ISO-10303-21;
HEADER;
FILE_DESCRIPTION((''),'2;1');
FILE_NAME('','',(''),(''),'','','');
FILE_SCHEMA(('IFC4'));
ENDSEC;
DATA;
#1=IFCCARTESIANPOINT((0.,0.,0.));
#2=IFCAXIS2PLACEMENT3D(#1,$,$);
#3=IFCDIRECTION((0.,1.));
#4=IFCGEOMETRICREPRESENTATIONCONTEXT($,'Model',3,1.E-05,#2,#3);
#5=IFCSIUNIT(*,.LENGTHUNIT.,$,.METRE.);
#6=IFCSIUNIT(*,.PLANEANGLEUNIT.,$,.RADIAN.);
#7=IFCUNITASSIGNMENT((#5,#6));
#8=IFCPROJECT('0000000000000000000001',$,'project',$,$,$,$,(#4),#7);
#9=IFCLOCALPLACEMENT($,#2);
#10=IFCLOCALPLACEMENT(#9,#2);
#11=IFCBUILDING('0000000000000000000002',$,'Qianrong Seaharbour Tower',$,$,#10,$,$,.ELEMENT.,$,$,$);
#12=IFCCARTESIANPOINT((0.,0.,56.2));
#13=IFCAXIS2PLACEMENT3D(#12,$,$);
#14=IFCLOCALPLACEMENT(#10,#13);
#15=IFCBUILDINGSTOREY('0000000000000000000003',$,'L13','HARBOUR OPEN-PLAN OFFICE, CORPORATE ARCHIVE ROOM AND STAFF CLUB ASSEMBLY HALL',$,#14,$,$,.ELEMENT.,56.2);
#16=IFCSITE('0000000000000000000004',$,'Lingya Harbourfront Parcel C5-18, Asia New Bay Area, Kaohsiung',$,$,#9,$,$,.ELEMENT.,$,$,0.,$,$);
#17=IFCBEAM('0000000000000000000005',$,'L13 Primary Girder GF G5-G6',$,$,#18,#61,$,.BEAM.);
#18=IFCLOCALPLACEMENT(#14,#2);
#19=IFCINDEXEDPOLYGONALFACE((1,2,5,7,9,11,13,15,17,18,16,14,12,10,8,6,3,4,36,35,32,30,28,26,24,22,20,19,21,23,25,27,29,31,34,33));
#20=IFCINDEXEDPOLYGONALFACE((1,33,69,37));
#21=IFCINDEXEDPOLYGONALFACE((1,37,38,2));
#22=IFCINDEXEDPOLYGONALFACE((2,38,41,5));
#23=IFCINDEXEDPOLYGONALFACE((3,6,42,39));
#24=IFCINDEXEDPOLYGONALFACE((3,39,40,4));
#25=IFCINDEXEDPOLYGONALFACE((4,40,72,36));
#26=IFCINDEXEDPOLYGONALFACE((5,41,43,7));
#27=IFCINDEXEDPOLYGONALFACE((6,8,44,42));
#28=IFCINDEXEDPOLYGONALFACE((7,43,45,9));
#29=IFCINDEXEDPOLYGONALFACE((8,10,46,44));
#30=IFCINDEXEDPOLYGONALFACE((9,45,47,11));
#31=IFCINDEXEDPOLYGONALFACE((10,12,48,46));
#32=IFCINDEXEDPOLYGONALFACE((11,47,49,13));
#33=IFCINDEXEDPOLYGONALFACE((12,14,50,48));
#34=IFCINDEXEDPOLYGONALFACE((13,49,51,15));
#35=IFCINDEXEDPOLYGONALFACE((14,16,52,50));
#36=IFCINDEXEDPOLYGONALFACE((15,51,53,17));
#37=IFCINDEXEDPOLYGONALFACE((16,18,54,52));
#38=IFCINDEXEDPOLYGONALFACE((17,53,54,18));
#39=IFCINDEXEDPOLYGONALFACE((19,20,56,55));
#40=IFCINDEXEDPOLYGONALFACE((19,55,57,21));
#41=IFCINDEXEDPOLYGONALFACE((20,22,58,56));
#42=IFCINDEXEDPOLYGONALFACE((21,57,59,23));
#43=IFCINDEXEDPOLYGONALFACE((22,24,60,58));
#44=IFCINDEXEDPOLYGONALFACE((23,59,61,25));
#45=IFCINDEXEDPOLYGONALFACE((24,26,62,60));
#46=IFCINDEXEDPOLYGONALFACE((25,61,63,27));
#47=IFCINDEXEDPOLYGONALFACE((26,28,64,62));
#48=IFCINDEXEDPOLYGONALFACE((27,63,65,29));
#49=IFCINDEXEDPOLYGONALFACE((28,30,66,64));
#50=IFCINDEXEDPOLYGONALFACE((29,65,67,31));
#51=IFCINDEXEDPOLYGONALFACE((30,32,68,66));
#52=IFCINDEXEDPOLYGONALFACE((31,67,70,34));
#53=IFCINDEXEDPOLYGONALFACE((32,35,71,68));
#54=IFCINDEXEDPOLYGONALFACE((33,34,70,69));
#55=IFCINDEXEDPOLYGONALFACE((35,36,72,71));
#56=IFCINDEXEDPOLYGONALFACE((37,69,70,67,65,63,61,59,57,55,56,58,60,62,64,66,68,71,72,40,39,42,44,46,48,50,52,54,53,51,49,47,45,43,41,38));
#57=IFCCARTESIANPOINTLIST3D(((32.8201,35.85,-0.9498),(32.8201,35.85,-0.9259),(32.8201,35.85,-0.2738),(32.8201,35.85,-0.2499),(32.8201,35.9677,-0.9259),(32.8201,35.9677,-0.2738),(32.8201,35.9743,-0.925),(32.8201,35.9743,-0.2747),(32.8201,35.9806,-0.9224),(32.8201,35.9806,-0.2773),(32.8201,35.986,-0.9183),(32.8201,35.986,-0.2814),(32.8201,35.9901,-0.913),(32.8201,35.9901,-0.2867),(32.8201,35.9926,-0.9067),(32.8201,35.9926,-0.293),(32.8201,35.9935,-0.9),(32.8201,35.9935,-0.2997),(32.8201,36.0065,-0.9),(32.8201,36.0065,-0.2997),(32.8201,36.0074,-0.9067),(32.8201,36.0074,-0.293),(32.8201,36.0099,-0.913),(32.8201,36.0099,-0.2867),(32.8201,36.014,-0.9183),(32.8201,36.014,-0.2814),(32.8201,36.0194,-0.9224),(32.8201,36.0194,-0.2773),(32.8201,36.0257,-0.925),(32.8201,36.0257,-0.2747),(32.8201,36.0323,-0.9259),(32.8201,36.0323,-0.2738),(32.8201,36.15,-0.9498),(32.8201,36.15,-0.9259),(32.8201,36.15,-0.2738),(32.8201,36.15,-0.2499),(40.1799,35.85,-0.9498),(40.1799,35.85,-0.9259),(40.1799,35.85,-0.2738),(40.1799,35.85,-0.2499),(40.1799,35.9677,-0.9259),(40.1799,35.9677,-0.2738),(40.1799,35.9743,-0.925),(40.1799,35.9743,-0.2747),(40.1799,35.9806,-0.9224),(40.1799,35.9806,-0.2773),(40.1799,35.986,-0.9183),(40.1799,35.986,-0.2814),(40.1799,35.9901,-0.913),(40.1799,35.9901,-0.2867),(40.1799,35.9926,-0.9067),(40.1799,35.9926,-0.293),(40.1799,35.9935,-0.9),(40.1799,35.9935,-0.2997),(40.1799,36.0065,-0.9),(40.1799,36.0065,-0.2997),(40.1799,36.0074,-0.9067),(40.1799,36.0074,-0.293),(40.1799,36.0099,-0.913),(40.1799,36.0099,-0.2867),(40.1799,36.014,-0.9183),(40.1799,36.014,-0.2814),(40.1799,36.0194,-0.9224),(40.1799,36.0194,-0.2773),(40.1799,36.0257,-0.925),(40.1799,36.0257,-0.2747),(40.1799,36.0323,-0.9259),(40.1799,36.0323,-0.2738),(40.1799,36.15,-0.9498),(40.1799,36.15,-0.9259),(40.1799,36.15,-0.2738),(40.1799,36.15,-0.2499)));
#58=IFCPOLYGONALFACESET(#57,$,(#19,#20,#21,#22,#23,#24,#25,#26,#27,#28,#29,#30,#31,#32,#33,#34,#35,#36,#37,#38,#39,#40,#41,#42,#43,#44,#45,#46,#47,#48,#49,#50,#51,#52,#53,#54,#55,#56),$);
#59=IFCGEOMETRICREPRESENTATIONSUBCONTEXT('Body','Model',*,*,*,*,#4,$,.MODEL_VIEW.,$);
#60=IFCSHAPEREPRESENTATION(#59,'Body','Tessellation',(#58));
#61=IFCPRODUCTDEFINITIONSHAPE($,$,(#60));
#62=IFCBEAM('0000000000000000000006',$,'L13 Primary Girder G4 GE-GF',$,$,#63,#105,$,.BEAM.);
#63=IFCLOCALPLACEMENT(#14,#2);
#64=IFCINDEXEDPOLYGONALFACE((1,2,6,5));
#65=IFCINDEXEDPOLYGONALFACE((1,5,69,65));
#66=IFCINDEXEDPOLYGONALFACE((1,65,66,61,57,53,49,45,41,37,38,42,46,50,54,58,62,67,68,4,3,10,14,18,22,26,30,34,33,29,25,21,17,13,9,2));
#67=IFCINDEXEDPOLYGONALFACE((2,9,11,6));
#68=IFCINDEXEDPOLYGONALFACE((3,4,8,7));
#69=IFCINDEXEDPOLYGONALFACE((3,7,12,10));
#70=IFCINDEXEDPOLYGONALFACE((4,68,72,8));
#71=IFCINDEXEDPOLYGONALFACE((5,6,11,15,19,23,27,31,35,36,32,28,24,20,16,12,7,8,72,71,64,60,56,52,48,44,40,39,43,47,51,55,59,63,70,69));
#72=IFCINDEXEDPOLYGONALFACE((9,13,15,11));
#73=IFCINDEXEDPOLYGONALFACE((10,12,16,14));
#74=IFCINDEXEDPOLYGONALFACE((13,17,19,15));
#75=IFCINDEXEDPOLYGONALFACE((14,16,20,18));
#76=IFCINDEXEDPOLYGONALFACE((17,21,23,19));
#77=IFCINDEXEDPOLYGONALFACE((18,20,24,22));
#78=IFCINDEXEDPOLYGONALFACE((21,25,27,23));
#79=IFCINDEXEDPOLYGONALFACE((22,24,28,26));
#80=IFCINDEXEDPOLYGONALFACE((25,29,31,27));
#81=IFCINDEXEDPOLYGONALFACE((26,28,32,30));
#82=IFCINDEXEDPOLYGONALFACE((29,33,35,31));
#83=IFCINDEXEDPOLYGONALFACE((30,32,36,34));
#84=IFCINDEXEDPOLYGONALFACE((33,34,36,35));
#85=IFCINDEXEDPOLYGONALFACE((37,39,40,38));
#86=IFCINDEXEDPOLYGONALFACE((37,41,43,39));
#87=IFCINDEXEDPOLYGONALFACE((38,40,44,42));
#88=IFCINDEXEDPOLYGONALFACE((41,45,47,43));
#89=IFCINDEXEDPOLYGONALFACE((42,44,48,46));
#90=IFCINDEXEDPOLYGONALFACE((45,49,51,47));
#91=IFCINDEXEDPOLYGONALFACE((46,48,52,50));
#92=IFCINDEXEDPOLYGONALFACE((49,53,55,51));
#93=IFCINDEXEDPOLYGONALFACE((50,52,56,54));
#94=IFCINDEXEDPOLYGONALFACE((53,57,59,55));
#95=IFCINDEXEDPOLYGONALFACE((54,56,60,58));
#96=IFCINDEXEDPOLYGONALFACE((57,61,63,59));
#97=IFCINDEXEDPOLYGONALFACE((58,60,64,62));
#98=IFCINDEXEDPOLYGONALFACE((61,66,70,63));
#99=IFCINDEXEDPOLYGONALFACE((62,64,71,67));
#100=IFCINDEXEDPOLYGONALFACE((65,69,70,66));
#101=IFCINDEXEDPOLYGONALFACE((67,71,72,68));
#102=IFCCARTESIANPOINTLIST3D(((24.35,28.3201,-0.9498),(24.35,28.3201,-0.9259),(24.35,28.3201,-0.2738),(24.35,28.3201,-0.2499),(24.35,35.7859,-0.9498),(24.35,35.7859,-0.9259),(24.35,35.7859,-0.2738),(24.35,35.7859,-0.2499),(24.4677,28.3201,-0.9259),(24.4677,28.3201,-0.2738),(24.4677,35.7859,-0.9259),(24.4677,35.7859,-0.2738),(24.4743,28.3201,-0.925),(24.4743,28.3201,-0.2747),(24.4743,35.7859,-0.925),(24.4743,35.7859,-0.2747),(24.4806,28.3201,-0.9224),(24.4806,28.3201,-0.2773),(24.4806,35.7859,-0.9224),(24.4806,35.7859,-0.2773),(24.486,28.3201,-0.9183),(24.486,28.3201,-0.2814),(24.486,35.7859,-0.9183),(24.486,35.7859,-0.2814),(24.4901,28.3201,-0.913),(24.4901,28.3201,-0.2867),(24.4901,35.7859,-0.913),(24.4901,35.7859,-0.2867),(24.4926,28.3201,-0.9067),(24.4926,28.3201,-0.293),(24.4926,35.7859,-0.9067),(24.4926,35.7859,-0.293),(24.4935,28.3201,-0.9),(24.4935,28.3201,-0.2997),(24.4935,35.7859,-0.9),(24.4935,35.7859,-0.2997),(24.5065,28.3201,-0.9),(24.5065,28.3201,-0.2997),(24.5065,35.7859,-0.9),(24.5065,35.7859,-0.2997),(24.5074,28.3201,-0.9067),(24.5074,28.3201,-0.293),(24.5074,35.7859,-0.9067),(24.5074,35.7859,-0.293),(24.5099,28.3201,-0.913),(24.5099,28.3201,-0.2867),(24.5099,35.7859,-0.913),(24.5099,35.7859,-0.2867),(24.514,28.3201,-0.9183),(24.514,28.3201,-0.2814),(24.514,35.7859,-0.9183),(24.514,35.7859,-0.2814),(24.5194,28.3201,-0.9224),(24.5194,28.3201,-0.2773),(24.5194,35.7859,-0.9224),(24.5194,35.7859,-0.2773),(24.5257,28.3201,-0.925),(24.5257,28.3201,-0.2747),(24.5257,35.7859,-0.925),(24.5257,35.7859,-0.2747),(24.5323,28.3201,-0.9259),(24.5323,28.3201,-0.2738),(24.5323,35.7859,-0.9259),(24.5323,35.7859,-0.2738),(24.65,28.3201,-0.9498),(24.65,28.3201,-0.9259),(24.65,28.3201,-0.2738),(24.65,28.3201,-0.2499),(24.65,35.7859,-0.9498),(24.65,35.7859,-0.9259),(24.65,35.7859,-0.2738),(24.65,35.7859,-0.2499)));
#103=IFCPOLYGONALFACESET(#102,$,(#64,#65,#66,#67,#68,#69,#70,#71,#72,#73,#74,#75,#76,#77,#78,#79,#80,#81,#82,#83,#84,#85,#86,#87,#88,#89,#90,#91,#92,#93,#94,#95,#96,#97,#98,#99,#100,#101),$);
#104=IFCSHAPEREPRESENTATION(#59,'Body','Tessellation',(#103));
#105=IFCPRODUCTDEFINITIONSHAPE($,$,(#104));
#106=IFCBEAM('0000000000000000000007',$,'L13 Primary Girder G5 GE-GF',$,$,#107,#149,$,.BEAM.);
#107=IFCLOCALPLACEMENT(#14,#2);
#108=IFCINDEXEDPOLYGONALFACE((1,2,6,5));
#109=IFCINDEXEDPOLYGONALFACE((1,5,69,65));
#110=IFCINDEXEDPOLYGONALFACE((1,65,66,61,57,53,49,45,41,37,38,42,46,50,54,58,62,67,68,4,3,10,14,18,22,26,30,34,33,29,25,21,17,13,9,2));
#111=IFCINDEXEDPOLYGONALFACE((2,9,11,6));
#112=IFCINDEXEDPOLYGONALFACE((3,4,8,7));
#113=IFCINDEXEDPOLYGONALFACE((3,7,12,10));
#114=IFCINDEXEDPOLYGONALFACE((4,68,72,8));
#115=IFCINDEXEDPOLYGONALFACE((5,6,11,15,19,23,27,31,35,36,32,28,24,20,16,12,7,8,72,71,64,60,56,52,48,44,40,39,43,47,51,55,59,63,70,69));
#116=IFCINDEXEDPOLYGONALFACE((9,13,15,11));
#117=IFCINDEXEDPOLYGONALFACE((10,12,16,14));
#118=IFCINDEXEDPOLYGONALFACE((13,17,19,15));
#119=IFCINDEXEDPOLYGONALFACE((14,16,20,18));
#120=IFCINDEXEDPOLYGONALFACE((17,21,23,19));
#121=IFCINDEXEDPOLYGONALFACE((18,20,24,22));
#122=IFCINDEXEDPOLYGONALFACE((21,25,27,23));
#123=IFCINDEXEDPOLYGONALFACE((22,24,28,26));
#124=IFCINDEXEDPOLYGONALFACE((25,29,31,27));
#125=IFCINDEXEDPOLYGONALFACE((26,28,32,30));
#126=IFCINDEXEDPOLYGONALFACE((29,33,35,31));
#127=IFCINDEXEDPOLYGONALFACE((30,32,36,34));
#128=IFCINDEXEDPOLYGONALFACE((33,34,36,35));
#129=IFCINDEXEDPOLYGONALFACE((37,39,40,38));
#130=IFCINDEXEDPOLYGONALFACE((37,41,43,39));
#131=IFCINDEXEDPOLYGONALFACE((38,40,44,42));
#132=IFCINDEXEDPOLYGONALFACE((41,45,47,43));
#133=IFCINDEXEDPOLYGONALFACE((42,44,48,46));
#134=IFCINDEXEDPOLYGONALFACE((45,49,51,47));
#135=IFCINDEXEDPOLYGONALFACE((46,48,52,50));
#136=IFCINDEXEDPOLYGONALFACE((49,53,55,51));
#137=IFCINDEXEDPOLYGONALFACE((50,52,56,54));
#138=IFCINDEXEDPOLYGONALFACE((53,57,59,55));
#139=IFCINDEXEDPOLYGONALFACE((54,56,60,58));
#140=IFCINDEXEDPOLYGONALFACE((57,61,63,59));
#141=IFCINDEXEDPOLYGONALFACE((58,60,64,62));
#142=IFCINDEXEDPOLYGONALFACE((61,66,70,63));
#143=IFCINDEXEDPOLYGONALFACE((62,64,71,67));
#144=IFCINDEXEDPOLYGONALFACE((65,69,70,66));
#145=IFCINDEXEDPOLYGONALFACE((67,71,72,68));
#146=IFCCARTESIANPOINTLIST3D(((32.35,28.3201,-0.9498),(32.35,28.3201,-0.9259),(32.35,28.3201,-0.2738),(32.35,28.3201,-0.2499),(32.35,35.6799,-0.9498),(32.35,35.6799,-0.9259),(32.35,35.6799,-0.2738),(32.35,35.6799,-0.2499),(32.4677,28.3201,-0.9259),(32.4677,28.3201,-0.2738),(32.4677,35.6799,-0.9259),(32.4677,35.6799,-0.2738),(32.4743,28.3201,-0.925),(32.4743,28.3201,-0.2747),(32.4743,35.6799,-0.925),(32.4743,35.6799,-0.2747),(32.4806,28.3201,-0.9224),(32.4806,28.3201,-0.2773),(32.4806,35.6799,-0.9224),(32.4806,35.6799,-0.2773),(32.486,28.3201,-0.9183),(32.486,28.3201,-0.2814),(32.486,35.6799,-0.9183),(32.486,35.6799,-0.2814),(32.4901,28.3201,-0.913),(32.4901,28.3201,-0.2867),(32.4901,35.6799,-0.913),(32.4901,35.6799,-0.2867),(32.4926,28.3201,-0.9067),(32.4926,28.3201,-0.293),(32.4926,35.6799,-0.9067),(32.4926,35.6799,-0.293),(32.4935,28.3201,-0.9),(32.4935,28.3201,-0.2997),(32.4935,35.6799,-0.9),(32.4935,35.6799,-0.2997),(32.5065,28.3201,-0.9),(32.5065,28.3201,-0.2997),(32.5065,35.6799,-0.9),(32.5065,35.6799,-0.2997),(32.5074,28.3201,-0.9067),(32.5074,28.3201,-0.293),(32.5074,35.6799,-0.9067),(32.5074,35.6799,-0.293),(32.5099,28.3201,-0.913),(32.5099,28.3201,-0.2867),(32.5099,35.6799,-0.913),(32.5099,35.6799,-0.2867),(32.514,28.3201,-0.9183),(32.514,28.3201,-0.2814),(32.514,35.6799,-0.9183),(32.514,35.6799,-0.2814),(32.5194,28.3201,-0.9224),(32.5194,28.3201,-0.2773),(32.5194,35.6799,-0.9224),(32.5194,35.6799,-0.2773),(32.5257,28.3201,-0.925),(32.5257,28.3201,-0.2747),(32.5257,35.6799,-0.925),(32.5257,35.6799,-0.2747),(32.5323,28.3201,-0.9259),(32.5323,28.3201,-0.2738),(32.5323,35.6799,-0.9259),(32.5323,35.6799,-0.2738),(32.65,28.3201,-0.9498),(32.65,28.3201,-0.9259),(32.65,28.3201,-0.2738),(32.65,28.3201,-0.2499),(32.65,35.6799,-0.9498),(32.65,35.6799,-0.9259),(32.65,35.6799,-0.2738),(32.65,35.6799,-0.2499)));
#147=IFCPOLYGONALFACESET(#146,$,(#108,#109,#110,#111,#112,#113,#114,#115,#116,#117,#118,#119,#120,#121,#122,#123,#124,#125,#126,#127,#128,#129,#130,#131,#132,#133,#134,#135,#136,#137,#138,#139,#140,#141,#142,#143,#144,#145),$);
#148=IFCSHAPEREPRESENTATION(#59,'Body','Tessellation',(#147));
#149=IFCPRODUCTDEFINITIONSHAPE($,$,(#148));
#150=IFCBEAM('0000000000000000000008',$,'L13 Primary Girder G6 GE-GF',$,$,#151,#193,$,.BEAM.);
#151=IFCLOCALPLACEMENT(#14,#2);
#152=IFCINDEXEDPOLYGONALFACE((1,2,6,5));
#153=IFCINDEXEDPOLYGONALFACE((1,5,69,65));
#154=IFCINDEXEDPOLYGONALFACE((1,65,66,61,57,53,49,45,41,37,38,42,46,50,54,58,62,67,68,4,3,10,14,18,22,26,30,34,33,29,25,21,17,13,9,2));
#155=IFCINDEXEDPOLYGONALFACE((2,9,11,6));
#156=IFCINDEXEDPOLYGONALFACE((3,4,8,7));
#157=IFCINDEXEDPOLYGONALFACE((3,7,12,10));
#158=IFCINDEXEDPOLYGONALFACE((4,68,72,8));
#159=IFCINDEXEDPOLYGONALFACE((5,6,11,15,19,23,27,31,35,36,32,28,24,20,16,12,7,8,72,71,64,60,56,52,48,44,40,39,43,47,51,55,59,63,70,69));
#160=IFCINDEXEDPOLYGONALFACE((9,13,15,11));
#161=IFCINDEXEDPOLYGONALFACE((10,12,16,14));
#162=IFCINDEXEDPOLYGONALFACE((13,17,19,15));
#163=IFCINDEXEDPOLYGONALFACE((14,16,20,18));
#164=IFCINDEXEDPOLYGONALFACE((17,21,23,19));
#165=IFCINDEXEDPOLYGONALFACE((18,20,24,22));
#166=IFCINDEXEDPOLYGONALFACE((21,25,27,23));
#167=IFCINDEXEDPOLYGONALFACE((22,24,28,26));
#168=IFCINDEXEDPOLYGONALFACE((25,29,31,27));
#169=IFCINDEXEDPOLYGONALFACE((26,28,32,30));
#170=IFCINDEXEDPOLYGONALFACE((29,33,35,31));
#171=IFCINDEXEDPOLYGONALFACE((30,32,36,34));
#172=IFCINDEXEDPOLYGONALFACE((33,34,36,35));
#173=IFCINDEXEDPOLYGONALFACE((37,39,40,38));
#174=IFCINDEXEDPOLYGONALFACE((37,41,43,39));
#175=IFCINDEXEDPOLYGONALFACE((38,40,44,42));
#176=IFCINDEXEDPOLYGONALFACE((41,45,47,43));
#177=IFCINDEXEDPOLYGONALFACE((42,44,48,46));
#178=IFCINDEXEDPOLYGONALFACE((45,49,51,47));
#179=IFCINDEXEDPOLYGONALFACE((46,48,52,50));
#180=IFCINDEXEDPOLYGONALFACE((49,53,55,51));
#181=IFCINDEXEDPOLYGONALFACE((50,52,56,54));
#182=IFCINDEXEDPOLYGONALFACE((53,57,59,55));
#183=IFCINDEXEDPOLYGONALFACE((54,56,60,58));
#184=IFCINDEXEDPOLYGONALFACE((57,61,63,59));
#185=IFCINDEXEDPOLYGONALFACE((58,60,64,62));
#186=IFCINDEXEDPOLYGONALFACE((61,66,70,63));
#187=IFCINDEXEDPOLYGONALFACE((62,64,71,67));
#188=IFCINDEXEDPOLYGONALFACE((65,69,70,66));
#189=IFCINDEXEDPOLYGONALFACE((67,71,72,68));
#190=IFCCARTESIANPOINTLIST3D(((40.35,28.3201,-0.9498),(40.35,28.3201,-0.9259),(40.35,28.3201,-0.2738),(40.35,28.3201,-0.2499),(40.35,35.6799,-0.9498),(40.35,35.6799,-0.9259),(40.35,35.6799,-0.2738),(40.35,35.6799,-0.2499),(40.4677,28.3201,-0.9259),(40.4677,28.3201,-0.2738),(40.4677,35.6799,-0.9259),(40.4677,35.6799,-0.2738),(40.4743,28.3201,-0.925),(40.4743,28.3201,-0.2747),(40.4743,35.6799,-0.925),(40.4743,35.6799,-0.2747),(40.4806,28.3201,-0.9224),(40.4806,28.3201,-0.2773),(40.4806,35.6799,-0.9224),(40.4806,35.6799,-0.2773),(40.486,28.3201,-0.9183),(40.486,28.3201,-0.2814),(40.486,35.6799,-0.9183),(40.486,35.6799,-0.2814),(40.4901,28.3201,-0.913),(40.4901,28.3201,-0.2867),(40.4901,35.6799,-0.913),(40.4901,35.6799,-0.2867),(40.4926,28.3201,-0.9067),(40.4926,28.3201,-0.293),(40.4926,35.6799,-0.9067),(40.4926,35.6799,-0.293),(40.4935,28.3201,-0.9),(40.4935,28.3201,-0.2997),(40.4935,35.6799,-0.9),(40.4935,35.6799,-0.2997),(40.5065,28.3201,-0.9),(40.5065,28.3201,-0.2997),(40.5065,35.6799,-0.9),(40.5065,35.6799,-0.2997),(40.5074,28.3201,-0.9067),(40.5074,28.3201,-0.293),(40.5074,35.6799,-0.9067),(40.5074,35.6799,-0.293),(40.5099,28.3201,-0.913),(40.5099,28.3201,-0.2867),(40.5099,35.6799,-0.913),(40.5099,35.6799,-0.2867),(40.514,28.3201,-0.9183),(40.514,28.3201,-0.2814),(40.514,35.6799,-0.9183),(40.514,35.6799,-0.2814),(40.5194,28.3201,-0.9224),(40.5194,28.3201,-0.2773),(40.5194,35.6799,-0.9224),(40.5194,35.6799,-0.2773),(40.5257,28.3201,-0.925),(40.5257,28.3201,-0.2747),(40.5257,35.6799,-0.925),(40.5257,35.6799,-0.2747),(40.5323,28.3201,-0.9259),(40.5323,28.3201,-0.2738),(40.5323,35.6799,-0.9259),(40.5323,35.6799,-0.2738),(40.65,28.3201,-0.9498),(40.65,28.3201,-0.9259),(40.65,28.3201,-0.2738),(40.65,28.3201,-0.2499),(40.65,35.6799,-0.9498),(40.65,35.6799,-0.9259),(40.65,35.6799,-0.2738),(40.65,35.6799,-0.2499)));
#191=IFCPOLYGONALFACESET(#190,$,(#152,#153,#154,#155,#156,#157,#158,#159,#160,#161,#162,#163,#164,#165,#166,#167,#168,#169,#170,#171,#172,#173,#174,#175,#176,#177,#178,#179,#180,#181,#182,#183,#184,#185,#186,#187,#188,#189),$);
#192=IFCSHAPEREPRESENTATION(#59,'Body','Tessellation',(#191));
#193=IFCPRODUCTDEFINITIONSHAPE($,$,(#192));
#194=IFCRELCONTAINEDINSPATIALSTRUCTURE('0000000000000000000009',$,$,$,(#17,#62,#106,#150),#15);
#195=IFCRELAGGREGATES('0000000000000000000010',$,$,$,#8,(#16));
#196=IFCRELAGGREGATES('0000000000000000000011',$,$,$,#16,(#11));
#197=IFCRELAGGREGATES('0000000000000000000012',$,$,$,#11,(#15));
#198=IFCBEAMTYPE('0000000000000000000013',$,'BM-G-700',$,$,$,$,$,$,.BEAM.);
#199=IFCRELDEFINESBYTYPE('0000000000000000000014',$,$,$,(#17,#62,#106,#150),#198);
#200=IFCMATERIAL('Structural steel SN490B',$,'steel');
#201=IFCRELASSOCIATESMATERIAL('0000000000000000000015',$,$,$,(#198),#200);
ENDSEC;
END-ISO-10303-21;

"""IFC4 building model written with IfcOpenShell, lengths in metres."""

from ifc_helpers import new_model, si_unit, direction, frame, origin, origin_2d, place, context, subcontext, project, spatial, i_section, extrude, material, material_profile, profile_set, type_object, element, save


model = new_model("IFC4")

# Units and contexts
model_context = context("Model", 3, precision=1e-05, world=origin(), true_north=direction((0.0, 1.0)))
body_context = subcontext(model_context, "Body", "Model", "MODEL_VIEW")
ifc_project = project(units=[si_unit("LENGTHUNIT", "METRE"), si_unit("PLANEANGLEUNIT", "RADIAN")], contexts=[model_context])

# Site, building, storey
site_placement = place(None, origin())
site = spatial("IfcSite", under=ifc_project, at=site_placement, Name="Lingya Harbourfront Parcel C5-18, Asia New Bay Area, Kaohsiung", CompositionType="ELEMENT", RefElevation=0.0)
building_placement = place(site_placement, origin())
building = spatial("IfcBuilding", under=site, at=building_placement, Name="Qianrong Seaharbour Tower", CompositionType="ELEMENT")
storey_placement = place(building_placement, frame((0.0, 0.0, 56.2)))
storey = spatial("IfcBuildingStorey", under=building, at=storey_placement, Name="L13", Description="HARBOUR OPEN-PLAN OFFICE, CORPORATE ARCHIVE ROOM AND STAFF CLUB ASSEMBLY HALL", CompositionType="ELEMENT", Elevation=56.2)

# Shared definitions
ifc_material_1 = material(Name="Structural steel SN490B", Category="steel")

# Beams
ifc_material_profile_1 = material_profile(ifc_material_1, i_section(OverallWidth=0.3, OverallDepth=0.7, WebThickness=0.0129, FlangeThickness=0.0239, FilletRadius=0.0259, at=origin_2d()), Name="H700x300x13x24")
ifc_profile_set_1 = profile_set([ifc_material_profile_1], Name="Structural steel SN490B")
beam_type_1 = type_object("IfcBeamType", Name="BM-G-700", PredefinedType="BEAM", material=ifc_profile_set_1)
beam_1_placement = place(storey_placement, frame((32.8201, 36.0, -0.5999), z_axis=(1.0, 0.0, 0.0), x_axis=(0.0, 1.0, 0.0)))
element("IfcBeam", 1, at=beam_1_placement, inside=storey, type_object=beam_type_1, Name="L13 Primary Girder GF G5-G6", PredefinedType="BEAM", context=body_context, shape_type="SweptSolid", body=[
    extrude(i_section(OverallWidth=0.3, OverallDepth=0.7, WebThickness=0.0129, FlangeThickness=0.0239, FilletRadius=0.0259, at=origin_2d()), origin(), (0.0, 0.0, 1.0), 7.3599),
])
beam_2_placement = place(storey_placement, frame((24.5, 28.3201, -0.5999), z_axis=(0.0, 1.0, 0.0), x_axis=(-1.0, 0.0, 0.0)))
element("IfcBeam", 2, at=beam_2_placement, inside=storey, type_object=beam_type_1, Name="L13 Primary Girder G4 GE-GF", PredefinedType="BEAM", context=body_context, shape_type="SweptSolid", body=[
    extrude(i_section(OverallWidth=0.3, OverallDepth=0.7, WebThickness=0.0129, FlangeThickness=0.0239, FilletRadius=0.0259, at=origin_2d()), origin(), (0.0, 0.0, 1.0), 7.4658),
])
for number, where, z_axis, x_axis, name in (
    (3, (32.5, 28.3201, -0.5999), (0.0, 1.0, 0.0), (-1.0, 0.0, 0.0), "L13 Primary Girder G5 GE-GF"),
    (4, (40.5, 28.3201, -0.5999), (0.0, 1.0, 0.0), (-1.0, 0.0, 0.0), "L13 Primary Girder G6 GE-GF"),
):
    element("IfcBeam", number, at=place(storey_placement, frame(where, z_axis=z_axis, x_axis=x_axis)), inside=storey, type_object=beam_type_1, Name=name, PredefinedType="BEAM", context=body_context, shape_type="SweptSolid", body=[
        extrude(i_section(OverallWidth=0.3, OverallDepth=0.7, WebThickness=0.0129, FlangeThickness=0.0239, FilletRadius=0.0259, at=origin_2d()), origin(), (0.0, 0.0, 1.0), 7.3599),
    ])

save(model, "model.ifc")
